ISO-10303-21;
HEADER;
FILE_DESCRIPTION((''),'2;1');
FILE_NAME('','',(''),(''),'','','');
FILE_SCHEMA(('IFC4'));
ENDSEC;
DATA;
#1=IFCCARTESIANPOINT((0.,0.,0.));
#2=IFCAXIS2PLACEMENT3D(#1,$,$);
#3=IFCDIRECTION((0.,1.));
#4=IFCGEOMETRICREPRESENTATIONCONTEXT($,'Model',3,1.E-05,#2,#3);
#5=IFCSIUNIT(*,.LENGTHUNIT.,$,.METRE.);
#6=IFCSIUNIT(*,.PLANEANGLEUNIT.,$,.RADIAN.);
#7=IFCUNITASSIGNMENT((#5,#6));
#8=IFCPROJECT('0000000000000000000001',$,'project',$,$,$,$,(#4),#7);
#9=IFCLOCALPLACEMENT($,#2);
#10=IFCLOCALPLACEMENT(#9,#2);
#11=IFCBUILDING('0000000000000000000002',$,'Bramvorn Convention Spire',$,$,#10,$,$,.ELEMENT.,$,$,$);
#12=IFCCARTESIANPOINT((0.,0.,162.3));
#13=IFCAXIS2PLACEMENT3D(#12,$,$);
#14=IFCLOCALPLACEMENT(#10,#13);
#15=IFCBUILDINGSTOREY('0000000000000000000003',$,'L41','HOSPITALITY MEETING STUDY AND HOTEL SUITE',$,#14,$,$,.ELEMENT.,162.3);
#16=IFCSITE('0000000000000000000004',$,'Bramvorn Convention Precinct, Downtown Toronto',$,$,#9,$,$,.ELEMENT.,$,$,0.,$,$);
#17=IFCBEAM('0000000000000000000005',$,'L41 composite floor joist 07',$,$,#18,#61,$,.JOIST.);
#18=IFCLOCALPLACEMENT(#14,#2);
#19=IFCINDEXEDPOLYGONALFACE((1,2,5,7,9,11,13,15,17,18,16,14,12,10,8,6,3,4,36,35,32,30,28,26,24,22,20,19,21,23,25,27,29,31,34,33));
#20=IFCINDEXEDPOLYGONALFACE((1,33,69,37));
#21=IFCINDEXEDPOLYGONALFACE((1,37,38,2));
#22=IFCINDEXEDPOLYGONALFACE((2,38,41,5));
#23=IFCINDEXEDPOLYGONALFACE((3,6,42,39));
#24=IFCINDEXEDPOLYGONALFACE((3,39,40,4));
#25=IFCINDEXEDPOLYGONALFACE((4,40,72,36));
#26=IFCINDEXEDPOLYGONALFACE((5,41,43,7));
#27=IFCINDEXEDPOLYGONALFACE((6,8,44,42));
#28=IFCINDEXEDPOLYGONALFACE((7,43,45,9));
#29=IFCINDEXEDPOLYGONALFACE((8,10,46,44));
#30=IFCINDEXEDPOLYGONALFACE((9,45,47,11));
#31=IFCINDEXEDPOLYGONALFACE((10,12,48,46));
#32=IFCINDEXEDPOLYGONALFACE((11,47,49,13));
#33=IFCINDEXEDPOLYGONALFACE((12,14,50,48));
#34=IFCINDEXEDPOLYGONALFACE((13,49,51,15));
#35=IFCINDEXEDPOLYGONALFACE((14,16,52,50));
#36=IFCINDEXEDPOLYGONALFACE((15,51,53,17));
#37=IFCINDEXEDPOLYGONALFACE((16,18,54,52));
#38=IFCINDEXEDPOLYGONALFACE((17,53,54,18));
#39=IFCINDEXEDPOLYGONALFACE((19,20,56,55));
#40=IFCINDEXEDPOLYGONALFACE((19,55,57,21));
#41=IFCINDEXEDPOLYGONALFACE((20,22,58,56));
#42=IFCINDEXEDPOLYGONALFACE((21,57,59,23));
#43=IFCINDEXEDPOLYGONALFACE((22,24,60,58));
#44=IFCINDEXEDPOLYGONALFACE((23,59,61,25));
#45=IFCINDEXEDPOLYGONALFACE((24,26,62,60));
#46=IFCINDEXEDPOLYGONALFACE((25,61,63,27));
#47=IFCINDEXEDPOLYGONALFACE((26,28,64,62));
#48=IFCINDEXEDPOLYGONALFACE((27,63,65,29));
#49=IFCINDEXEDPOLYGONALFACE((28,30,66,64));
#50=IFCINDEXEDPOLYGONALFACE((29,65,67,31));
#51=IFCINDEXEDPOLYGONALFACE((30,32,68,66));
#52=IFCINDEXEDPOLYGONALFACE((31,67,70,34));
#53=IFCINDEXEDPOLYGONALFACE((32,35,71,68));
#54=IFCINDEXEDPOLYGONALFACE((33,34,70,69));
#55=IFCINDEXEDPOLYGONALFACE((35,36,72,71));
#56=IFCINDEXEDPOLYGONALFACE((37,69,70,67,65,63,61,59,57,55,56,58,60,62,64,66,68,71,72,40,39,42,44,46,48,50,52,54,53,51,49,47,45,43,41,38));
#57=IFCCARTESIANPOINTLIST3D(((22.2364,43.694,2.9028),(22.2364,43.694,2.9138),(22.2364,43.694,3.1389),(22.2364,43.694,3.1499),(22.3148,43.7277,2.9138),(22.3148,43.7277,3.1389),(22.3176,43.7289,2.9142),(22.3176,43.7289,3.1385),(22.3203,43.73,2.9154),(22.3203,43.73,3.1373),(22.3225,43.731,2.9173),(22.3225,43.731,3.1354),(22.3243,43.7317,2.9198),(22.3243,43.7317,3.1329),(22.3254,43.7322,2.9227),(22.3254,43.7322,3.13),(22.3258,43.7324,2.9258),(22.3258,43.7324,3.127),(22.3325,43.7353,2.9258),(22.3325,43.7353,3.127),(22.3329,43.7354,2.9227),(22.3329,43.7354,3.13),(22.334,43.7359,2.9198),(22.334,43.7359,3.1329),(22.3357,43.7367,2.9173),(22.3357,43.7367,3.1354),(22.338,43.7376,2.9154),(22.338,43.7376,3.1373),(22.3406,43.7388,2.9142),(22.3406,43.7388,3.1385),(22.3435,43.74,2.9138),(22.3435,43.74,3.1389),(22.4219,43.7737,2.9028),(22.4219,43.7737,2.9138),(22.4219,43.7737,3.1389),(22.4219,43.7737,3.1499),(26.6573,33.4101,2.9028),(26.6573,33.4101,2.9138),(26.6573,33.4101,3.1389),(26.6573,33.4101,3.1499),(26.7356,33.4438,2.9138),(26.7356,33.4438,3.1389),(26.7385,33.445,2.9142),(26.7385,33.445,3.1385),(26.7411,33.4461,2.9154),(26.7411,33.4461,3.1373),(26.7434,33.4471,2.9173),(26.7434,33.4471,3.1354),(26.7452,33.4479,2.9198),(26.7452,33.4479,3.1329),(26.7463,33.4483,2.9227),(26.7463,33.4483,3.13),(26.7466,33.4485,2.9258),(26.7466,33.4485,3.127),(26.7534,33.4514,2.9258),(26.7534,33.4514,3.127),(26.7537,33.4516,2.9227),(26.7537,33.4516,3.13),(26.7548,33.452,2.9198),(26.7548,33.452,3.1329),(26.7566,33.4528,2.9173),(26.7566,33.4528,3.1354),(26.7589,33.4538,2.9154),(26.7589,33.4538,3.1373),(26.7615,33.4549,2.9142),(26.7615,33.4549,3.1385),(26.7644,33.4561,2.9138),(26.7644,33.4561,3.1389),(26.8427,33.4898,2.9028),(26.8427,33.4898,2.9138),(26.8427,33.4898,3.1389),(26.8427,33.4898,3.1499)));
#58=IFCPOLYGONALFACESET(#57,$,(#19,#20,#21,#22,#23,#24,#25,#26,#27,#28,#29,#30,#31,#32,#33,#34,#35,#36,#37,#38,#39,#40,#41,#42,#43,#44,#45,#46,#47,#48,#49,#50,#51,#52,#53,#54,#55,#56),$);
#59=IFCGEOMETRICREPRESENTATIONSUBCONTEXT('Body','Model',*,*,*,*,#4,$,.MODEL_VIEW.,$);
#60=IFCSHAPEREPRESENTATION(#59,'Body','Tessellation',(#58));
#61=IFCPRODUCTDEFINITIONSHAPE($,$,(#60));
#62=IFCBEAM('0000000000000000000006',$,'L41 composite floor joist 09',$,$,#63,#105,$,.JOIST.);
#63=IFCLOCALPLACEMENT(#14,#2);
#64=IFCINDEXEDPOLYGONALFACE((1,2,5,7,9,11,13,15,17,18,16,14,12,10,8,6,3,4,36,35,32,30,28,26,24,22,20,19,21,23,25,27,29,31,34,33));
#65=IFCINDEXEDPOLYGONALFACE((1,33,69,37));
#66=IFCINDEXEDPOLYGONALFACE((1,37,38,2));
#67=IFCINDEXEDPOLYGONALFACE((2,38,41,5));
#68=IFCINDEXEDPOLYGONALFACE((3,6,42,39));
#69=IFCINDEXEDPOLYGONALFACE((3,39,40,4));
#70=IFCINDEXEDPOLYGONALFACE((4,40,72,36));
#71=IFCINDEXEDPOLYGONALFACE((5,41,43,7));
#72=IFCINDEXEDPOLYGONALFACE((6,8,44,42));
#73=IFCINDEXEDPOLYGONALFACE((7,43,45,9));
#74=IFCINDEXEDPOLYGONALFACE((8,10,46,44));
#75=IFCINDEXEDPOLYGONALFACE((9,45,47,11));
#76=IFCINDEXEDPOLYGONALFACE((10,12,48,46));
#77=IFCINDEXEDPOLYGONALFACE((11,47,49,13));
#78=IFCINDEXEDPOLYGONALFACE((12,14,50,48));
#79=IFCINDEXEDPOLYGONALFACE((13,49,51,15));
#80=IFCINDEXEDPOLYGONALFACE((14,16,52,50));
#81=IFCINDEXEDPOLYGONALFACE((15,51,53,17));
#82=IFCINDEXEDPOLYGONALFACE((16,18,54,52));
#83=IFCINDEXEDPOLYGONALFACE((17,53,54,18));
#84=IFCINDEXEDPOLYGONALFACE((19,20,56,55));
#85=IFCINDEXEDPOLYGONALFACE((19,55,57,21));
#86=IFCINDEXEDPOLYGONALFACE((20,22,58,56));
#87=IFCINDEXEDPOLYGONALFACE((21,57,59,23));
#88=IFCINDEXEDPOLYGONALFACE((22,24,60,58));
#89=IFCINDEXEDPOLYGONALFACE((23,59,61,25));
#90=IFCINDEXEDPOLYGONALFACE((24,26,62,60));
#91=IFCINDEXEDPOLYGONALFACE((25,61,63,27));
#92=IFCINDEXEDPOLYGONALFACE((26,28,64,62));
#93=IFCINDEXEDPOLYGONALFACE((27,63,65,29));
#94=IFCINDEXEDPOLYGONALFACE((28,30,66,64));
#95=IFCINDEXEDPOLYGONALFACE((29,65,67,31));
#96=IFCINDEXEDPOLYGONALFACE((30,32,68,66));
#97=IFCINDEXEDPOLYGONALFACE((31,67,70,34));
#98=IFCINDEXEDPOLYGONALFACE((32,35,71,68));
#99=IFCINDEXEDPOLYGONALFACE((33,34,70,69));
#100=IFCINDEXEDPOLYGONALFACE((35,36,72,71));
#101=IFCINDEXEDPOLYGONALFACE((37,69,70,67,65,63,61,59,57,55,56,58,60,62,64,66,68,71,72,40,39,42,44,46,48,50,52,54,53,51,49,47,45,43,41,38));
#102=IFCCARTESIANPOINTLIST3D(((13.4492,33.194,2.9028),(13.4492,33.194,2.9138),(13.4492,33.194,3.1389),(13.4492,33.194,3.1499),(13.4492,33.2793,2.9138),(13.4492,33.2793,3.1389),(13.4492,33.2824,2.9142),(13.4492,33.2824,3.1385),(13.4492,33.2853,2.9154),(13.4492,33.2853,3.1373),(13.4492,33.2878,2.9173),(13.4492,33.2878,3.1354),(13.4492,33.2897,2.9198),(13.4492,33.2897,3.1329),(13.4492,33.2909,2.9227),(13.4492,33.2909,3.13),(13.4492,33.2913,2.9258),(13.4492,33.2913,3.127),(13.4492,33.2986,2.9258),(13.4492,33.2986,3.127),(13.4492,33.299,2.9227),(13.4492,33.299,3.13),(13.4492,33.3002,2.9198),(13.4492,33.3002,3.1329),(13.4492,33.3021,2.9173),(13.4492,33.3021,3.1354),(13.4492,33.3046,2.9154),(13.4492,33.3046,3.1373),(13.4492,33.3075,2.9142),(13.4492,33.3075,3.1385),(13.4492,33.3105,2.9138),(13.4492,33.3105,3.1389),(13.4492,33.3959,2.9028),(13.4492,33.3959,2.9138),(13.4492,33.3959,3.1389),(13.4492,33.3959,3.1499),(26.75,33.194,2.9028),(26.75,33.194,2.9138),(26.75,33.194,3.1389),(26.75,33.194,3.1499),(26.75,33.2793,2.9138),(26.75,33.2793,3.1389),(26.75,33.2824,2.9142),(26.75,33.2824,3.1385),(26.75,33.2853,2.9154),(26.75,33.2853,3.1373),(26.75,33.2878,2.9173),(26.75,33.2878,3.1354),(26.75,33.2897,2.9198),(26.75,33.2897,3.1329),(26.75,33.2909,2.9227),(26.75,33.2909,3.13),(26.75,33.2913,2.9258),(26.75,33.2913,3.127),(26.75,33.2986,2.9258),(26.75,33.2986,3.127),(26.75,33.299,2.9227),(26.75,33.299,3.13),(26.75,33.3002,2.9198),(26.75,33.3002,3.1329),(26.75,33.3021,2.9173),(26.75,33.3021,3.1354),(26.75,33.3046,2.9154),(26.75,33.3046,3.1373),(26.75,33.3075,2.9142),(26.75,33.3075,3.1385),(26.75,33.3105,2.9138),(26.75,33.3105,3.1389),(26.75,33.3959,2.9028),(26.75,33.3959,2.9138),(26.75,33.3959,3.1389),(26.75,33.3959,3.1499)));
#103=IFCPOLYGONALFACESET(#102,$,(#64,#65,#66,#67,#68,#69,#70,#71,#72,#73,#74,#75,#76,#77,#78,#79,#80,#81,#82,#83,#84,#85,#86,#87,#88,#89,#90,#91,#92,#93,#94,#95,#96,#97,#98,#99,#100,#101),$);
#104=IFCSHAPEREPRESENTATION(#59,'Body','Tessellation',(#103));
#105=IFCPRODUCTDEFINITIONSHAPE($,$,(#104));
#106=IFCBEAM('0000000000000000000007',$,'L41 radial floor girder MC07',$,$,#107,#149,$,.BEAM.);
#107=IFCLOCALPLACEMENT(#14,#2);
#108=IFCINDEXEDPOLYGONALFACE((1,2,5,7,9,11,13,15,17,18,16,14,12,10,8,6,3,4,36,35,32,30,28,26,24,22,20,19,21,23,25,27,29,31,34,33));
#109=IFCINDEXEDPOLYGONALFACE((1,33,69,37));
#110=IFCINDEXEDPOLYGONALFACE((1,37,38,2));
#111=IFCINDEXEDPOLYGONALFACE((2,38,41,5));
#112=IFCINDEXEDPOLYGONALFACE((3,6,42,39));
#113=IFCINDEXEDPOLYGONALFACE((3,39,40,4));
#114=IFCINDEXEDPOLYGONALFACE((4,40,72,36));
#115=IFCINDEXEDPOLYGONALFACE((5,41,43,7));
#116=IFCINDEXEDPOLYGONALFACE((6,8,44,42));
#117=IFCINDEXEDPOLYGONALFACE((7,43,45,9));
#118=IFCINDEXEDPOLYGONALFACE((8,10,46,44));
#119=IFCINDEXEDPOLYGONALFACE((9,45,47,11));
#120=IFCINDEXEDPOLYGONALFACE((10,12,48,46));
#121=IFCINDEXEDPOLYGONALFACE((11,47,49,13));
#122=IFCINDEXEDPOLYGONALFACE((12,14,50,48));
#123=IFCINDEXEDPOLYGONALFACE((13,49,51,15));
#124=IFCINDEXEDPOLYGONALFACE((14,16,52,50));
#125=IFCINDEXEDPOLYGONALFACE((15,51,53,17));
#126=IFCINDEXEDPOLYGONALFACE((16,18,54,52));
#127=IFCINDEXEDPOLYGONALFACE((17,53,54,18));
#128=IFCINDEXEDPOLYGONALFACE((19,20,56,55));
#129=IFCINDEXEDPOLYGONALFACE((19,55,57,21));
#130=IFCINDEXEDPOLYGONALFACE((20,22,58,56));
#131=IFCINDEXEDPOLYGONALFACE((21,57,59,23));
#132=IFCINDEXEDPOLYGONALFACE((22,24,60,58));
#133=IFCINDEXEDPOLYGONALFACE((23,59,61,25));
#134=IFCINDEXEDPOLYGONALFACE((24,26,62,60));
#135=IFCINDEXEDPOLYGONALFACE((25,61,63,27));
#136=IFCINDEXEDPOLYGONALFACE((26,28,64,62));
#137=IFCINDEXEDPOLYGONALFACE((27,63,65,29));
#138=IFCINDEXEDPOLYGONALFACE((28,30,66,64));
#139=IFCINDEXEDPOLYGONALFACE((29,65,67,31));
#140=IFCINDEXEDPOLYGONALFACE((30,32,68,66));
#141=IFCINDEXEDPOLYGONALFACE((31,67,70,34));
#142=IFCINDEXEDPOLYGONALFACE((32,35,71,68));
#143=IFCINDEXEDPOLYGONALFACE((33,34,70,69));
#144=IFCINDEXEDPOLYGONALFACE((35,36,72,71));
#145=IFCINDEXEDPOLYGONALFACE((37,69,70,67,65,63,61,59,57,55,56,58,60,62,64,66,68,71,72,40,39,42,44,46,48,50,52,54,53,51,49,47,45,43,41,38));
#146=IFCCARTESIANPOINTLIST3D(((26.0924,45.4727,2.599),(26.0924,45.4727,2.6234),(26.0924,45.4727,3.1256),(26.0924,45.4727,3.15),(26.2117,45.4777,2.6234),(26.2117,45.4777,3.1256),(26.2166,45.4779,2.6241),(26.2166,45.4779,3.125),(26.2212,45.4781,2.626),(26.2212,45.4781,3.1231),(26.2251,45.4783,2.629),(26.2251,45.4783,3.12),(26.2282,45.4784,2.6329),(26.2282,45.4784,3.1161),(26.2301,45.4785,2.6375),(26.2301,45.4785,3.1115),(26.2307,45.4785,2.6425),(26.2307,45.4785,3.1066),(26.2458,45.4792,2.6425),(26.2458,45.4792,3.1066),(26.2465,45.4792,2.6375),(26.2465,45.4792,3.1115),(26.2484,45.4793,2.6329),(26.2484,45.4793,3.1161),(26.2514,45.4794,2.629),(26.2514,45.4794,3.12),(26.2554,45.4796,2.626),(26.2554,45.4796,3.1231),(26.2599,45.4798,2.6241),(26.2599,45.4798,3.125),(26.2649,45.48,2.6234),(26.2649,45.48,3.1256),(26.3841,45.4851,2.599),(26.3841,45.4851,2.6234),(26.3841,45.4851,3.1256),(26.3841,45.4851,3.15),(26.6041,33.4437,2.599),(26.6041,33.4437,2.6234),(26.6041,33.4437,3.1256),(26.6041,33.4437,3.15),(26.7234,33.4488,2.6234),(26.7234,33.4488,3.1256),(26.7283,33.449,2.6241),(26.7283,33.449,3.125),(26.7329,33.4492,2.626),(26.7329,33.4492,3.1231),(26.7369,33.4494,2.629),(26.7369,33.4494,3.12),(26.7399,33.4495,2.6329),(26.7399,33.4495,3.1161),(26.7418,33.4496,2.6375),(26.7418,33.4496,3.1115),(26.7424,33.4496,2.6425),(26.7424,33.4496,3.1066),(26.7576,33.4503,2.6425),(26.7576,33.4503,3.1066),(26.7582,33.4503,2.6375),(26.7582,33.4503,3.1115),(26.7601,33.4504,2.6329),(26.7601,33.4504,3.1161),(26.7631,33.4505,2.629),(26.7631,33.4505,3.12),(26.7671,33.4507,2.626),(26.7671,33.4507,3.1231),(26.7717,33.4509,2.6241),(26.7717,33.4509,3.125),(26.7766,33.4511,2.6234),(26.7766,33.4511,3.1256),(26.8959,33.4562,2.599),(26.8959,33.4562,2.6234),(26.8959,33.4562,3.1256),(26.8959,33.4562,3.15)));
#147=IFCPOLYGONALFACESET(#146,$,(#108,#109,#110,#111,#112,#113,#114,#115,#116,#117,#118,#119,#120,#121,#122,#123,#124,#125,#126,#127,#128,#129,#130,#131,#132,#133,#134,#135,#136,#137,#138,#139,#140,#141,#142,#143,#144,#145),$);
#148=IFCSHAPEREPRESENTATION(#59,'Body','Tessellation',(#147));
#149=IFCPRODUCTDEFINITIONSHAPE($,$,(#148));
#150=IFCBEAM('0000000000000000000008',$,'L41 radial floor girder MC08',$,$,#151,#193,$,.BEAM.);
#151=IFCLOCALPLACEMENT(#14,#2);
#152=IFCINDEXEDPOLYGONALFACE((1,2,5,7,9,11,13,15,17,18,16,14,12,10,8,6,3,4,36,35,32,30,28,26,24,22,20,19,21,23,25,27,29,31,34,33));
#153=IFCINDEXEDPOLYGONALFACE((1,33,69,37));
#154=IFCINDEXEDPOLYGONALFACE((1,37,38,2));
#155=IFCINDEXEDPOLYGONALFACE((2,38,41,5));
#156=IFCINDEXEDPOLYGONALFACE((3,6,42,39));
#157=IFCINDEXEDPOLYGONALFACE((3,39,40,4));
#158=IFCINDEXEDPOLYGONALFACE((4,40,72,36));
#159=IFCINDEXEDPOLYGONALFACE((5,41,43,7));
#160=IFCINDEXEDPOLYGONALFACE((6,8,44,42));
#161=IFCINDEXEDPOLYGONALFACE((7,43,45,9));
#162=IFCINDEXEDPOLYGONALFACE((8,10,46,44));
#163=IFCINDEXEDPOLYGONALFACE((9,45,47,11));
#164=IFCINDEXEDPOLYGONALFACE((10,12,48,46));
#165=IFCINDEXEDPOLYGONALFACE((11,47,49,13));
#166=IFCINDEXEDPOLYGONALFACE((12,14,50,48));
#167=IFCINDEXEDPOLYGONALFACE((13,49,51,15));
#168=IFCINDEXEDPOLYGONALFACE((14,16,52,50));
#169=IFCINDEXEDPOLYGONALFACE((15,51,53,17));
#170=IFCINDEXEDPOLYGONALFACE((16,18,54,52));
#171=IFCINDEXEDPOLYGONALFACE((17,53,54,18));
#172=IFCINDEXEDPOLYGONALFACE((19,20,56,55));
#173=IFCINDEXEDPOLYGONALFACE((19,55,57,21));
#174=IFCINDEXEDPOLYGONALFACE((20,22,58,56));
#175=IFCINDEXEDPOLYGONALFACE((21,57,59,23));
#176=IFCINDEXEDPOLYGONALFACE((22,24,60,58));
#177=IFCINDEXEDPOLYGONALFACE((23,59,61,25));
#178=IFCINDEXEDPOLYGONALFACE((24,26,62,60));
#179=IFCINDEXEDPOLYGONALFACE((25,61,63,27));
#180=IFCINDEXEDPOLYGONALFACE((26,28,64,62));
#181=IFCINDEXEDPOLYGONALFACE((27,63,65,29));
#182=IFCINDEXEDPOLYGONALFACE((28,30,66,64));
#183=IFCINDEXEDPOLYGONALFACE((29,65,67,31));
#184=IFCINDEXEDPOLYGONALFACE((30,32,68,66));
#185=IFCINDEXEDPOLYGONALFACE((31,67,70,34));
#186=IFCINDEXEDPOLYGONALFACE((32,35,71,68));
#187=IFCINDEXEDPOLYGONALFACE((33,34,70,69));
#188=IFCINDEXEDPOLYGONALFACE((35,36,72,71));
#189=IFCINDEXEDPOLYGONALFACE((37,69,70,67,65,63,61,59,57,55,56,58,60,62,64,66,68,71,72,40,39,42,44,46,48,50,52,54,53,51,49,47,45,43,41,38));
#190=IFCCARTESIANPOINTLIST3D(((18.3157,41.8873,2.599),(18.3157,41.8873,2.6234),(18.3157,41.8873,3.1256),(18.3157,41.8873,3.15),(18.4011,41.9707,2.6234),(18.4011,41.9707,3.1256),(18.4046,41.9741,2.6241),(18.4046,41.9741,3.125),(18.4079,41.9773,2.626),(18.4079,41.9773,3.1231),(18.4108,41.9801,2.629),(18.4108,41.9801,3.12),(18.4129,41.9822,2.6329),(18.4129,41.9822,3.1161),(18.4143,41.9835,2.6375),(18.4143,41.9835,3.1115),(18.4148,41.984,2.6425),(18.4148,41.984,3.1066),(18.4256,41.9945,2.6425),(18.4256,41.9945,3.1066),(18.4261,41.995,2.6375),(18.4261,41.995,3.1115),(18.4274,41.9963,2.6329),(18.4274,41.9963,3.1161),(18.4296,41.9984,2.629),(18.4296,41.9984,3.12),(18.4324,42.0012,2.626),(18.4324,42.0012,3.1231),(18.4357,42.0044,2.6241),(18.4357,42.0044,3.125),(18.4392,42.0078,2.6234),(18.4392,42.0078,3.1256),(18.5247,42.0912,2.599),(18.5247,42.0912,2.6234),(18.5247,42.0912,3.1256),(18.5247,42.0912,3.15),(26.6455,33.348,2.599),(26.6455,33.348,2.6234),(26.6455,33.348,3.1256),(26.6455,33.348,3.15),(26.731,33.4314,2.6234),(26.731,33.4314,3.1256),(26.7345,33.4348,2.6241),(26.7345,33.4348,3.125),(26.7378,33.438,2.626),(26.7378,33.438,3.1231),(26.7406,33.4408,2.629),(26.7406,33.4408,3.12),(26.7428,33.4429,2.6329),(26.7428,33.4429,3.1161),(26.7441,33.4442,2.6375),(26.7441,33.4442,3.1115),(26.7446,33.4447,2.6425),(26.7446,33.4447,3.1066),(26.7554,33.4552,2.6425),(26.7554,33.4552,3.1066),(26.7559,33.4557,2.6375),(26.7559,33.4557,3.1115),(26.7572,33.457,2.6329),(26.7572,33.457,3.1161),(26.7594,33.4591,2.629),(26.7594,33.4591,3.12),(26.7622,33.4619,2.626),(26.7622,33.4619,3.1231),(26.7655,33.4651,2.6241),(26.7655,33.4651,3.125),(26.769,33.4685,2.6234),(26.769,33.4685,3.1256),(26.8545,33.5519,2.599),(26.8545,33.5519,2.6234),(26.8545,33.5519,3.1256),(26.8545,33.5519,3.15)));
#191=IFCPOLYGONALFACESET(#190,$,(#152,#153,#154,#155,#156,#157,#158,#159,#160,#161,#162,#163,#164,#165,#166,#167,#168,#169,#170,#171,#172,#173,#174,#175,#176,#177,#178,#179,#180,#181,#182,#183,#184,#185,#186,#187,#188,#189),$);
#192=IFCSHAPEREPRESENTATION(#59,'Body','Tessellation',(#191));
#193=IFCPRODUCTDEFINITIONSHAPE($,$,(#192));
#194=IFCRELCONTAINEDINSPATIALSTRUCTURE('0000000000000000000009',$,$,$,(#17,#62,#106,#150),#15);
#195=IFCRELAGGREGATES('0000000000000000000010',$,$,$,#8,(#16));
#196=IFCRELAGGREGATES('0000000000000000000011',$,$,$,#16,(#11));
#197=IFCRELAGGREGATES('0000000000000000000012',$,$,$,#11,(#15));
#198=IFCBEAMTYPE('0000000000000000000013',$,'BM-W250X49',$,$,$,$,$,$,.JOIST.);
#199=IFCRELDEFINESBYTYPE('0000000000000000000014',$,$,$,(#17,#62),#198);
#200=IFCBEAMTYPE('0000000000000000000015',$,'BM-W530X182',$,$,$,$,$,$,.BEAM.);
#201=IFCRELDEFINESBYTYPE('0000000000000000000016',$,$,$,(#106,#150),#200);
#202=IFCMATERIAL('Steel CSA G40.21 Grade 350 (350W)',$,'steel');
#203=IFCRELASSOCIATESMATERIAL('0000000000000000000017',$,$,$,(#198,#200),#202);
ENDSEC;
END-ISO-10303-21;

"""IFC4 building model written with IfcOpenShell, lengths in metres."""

from ifc_helpers import new_model, si_unit, direction, frame, origin, origin_2d, place, context, subcontext, project, spatial, i_section, extrude, material, material_profile, profile_set, type_object, element, save


model = new_model("IFC4")

# Units and contexts
model_context = context("Model", 3, precision=1e-05, world=origin(), true_north=direction((0.0, 1.0)))
body_context = subcontext(model_context, "Body", "Model", "MODEL_VIEW")
ifc_project = project(units=[si_unit("LENGTHUNIT", "METRE"), si_unit("PLANEANGLEUNIT", "RADIAN")], contexts=[model_context])

# Site, building, storey
site_placement = place(None, origin())
site = spatial("IfcSite", under=ifc_project, at=site_placement, Name="Bramvorn Convention Precinct, Downtown Toronto", CompositionType="ELEMENT", RefElevation=0.0)
building_placement = place(site_placement, origin())
building = spatial("IfcBuilding", under=site, at=building_placement, Name="Bramvorn Convention Spire", CompositionType="ELEMENT")
storey_placement = place(building_placement, frame((0.0, 0.0, 162.3)))
storey = spatial("IfcBuildingStorey", under=building, at=storey_placement, Name="L41", Description="HOSPITALITY MEETING STUDY AND HOTEL SUITE", CompositionType="ELEMENT", Elevation=162.3)

# Beams
ifc_material_1 = material(Name="Steel CSA G40.21 Grade 350 (350W)", Category="steel")
ifc_material_profile_1 = material_profile(ifc_material_1, i_section(OverallWidth=0.2019, OverallDepth=0.2471, WebThickness=0.0073, FlangeThickness=0.011, FilletRadius=0.012, at=origin_2d()))
ifc_profile_set_1 = profile_set([ifc_material_profile_1], Name="Steel CSA G40.21 Grade 350 (350W) - W250X49")
beam_type_1 = type_object("IfcBeamType", Name="BM-W250X49", PredefinedType="JOIST", material=ifc_profile_set_1)
beam_1_placement = place(storey_placement, frame((26.75, 33.45, 3.0264), z_axis=(-0.394938, 0.918708, 0.0), x_axis=(-0.918708, -0.394938, 0.0)))
element("IfcBeam", 1, at=beam_1_placement, inside=storey, type_object=beam_type_1, Name="L41 composite floor joist 07", PredefinedType="JOIST", context=body_context, shape_type="SweptSolid", body=[
    extrude(i_section(OverallWidth=0.2019, OverallDepth=0.2471, WebThickness=0.0073, FlangeThickness=0.011, FilletRadius=0.012, at=origin_2d()), origin(), (0.0, 0.0, 1.0), 11.1938),
])
beam_2_placement = place(storey_placement, frame((26.75, 33.2949, 3.0264), z_axis=(-1.0, 0.0, 0.0), x_axis=(0.0, -1.0, 0.0)))
element("IfcBeam", 2, at=beam_2_placement, inside=storey, type_object=beam_type_1, Name="L41 composite floor joist 09", PredefinedType="JOIST", context=body_context, shape_type="SweptSolid", body=[
    extrude(i_section(OverallWidth=0.2019, OverallDepth=0.2471, WebThickness=0.0073, FlangeThickness=0.011, FilletRadius=0.012, at=origin_2d()), origin(), (0.0, 0.0, 1.0), 13.3008),
])
ifc_material_profile_2 = material_profile(ifc_material_1, i_section(OverallWidth=0.292, OverallDepth=0.551, WebThickness=0.0151, FlangeThickness=0.0244, FilletRadius=0.019, at=origin_2d()))
ifc_profile_set_2 = profile_set([ifc_material_profile_2], Name="Steel CSA G40.21 Grade 350 (350W) - W530X182")
beam_type_2 = type_object("IfcBeamType", Name="BM-W530X182", PredefinedType="BEAM", material=ifc_profile_set_2)
beam_3_placement = place(storey_placement, frame((26.75, 33.45, 2.8745), z_axis=(-0.042503, 0.999096, 0.0), x_axis=(-0.999096, -0.042503, 0.0)))
element("IfcBeam", 3, at=beam_3_placement, inside=storey, type_object=beam_type_2, Name="L41 radial floor girder MC07", PredefinedType="BEAM", context=body_context, shape_type="SweptSolid", body=[
    extrude(i_section(OverallWidth=0.292, OverallDepth=0.551, WebThickness=0.0151, FlangeThickness=0.0244, FilletRadius=0.019, at=origin_2d()), origin(), (0.0, 0.0, 1.0), 12.0398),
])
beam_4_placement = place(storey_placement, frame((26.75, 33.45, 2.8745), z_axis=(-0.698272, 0.715832, 0.0), x_axis=(-0.715832, -0.698272, 0.0)))
element("IfcBeam", 4, at=beam_4_placement, inside=storey, type_object=beam_type_2, Name="L41 radial floor girder MC08", PredefinedType="BEAM", context=body_context, shape_type="SweptSolid", body=[
    extrude(i_section(OverallWidth=0.292, OverallDepth=0.551, WebThickness=0.0151, FlangeThickness=0.0244, FilletRadius=0.019, at=origin_2d()), origin(), (0.0, 0.0, 1.0), 11.9292),
])

save(model, "model.ifc")
